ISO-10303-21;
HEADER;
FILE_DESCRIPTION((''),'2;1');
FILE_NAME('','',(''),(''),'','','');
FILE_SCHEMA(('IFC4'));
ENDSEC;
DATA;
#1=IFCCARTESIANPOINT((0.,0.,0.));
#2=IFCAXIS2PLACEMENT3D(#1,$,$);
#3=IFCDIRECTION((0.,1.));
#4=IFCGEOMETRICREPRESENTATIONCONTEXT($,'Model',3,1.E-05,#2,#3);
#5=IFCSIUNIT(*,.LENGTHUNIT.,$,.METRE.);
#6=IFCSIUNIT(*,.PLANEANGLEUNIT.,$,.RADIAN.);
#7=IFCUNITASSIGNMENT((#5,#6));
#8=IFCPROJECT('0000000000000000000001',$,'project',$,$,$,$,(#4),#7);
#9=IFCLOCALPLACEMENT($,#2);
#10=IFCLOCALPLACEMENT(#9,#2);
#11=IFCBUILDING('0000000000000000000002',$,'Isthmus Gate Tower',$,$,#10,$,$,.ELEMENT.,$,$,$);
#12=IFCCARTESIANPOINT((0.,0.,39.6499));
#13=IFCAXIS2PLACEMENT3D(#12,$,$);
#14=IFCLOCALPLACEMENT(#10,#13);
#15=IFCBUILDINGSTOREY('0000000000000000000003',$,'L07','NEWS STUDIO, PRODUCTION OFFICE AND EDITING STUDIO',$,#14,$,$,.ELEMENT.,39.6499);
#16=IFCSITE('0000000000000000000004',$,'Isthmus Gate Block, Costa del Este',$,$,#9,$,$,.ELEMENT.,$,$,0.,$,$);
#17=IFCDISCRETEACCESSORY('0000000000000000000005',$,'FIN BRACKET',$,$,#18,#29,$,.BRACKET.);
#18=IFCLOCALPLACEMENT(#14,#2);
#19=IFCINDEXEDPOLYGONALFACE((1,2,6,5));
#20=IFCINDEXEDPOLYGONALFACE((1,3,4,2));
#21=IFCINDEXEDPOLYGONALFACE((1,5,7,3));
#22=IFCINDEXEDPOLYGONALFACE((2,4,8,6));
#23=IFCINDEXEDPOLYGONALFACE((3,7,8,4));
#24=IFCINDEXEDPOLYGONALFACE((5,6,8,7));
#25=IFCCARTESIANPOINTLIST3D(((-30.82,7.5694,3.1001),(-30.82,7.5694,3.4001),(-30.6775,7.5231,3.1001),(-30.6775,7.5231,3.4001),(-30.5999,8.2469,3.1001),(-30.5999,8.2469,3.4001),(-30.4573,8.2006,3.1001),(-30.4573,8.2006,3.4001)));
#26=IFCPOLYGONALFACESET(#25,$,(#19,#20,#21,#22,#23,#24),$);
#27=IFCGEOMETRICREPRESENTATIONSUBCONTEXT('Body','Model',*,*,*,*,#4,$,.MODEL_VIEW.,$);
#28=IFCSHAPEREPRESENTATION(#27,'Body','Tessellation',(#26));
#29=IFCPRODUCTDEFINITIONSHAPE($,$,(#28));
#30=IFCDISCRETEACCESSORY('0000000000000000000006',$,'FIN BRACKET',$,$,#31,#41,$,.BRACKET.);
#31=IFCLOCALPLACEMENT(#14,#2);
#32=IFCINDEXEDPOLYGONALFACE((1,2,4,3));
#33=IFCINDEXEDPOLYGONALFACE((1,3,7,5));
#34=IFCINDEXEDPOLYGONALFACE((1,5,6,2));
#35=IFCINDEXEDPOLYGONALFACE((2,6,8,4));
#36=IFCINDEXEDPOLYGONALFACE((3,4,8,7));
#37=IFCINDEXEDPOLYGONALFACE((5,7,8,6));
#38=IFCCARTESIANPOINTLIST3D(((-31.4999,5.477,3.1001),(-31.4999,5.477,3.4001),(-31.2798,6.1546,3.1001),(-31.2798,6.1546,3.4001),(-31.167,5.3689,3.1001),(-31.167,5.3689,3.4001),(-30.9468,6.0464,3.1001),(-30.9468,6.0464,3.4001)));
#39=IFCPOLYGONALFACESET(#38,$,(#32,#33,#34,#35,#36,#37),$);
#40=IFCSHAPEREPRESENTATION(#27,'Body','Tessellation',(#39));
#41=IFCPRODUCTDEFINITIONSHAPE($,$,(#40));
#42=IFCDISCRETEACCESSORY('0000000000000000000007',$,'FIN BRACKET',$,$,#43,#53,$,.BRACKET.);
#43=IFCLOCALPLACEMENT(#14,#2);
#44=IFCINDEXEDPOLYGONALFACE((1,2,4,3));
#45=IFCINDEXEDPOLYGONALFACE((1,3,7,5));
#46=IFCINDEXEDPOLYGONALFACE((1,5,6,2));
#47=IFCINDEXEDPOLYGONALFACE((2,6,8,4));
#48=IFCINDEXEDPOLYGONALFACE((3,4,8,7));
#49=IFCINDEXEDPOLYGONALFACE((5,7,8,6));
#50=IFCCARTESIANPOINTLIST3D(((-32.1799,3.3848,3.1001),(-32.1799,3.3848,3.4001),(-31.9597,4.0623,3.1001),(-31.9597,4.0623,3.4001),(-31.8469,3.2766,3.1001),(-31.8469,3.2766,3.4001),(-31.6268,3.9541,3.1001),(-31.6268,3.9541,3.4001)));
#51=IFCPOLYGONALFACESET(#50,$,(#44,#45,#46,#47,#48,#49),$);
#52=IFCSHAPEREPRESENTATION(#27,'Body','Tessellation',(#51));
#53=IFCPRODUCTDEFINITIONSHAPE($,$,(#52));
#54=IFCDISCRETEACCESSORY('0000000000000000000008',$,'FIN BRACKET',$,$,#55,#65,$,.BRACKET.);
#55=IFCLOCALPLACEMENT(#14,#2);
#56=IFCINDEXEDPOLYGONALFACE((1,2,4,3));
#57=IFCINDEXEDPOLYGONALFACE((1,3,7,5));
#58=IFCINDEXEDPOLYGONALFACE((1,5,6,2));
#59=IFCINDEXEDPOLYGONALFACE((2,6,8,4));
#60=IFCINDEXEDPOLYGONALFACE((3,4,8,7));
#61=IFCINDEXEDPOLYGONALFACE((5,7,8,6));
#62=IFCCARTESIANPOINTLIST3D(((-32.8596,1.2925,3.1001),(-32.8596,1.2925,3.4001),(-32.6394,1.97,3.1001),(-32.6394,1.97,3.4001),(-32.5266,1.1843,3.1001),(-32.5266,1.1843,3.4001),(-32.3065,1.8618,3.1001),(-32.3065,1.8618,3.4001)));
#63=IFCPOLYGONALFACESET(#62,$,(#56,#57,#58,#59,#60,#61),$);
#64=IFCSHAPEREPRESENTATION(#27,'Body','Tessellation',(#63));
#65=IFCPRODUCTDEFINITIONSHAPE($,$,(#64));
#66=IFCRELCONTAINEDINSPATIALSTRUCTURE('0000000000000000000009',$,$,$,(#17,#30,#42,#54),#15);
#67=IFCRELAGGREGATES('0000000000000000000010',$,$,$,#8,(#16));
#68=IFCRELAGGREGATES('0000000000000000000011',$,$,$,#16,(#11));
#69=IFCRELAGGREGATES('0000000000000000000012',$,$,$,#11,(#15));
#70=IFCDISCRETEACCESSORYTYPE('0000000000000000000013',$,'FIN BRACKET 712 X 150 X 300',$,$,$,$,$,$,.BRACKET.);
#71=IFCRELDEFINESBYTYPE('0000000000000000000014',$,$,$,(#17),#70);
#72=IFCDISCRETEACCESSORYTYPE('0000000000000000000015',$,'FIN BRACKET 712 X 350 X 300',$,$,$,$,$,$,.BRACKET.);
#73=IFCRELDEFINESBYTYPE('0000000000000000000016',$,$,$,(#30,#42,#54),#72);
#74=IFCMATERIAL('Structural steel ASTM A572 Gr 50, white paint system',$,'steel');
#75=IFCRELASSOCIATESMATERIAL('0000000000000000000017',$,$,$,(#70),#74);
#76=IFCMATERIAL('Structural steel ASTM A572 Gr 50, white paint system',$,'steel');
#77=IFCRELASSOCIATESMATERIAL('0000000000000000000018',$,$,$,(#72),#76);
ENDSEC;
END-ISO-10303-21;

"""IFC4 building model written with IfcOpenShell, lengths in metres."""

from ifc_helpers import new_model, si_unit, direction, frame, origin, origin_2d, place, context, subcontext, project, spatial, rectangle, extrude, material, type_object, element, save


model = new_model("IFC4")

# Units and contexts
model_context = context("Model", 3, precision=1e-05, world=origin(), true_north=direction((0.0, 1.0)))
body_context = subcontext(model_context, "Body", "Model", "MODEL_VIEW")
ifc_project = project(units=[si_unit("LENGTHUNIT", "METRE"), si_unit("PLANEANGLEUNIT", "RADIAN")], contexts=[model_context])

# Site, building, storey
site_placement = place(None, origin())
site = spatial("IfcSite", under=ifc_project, at=site_placement, Name="Isthmus Gate Block, Costa del Este", CompositionType="ELEMENT", RefElevation=0.0)
building_placement = place(site_placement, origin())
building = spatial("IfcBuilding", under=site, at=building_placement, Name="Isthmus Gate Tower", CompositionType="ELEMENT")
storey_placement = place(building_placement, frame((0.0, 0.0, 39.6499)))
storey = spatial("IfcBuildingStorey", under=building, at=storey_placement, Name="L07", Description="NEWS STUDIO, PRODUCTION OFFICE AND EDITING STUDIO", CompositionType="ELEMENT", Elevation=39.6499)

# Discrete accessories
ifc_material_1 = material(Name="Structural steel ASTM A572 Gr 50, white paint system", Category="steel")
discrete_accessory_type_1 = type_object("IfcDiscreteAccessoryType", Name="FIN BRACKET 712 X 150 X 300", PredefinedType="BRACKET", material=ifc_material_1)
for number, where, z_axis, x_axis, name in (
    (1, (-30.6387, 7.885, 3.1001), (0.0, 0.0, 1.0), (-0.951057, 0.309017, 0.0), "FIN BRACKET"),
):
    element("IfcDiscreteAccessory", number, at=place(storey_placement, frame(where, z_axis=z_axis, x_axis=x_axis)), inside=storey, type_object=discrete_accessory_type_1, Name=name, PredefinedType="BRACKET", context=body_context, shape_type="SweptSolid", body=[
        extrude(rectangle(XDim=0.1499, YDim=0.7124, at=origin_2d()), origin(), (0.0, 0.0, 1.0), 0.3),
    ])
ifc_material_2 = material(Name="Structural steel ASTM A572 Gr 50, white paint system", Category="steel")
discrete_accessory_type_2 = type_object("IfcDiscreteAccessoryType", Name="FIN BRACKET 712 X 350 X 300", PredefinedType="BRACKET", material=ifc_material_2)
for number, where, z_axis, x_axis, name in (
    (2, (-31.2234, 5.7617, 3.1001), (0.0, 0.0, 1.0), (-0.951057, 0.309017, 0.0), "FIN BRACKET"),
    (3, (-31.9033, 3.6694, 3.1001), (0.0, 0.0, 1.0), (-0.951057, 0.309017, 0.0), "FIN BRACKET"),
    (4, (-32.583, 1.5771, 3.1001), (0.0, 0.0, 1.0), (-0.951057, 0.309017, 0.0), "FIN BRACKET"),
):
    element("IfcDiscreteAccessory", number, at=place(storey_placement, frame(where, z_axis=z_axis, x_axis=x_axis)), inside=storey, type_object=discrete_accessory_type_2, Name=name, PredefinedType="BRACKET", context=body_context, shape_type="SweptSolid", body=[
        extrude(rectangle(XDim=0.3501, YDim=0.7124, at=origin_2d()), origin(), (0.0, 0.0, 1.0), 0.3),
    ])

save(model, "model.ifc")
